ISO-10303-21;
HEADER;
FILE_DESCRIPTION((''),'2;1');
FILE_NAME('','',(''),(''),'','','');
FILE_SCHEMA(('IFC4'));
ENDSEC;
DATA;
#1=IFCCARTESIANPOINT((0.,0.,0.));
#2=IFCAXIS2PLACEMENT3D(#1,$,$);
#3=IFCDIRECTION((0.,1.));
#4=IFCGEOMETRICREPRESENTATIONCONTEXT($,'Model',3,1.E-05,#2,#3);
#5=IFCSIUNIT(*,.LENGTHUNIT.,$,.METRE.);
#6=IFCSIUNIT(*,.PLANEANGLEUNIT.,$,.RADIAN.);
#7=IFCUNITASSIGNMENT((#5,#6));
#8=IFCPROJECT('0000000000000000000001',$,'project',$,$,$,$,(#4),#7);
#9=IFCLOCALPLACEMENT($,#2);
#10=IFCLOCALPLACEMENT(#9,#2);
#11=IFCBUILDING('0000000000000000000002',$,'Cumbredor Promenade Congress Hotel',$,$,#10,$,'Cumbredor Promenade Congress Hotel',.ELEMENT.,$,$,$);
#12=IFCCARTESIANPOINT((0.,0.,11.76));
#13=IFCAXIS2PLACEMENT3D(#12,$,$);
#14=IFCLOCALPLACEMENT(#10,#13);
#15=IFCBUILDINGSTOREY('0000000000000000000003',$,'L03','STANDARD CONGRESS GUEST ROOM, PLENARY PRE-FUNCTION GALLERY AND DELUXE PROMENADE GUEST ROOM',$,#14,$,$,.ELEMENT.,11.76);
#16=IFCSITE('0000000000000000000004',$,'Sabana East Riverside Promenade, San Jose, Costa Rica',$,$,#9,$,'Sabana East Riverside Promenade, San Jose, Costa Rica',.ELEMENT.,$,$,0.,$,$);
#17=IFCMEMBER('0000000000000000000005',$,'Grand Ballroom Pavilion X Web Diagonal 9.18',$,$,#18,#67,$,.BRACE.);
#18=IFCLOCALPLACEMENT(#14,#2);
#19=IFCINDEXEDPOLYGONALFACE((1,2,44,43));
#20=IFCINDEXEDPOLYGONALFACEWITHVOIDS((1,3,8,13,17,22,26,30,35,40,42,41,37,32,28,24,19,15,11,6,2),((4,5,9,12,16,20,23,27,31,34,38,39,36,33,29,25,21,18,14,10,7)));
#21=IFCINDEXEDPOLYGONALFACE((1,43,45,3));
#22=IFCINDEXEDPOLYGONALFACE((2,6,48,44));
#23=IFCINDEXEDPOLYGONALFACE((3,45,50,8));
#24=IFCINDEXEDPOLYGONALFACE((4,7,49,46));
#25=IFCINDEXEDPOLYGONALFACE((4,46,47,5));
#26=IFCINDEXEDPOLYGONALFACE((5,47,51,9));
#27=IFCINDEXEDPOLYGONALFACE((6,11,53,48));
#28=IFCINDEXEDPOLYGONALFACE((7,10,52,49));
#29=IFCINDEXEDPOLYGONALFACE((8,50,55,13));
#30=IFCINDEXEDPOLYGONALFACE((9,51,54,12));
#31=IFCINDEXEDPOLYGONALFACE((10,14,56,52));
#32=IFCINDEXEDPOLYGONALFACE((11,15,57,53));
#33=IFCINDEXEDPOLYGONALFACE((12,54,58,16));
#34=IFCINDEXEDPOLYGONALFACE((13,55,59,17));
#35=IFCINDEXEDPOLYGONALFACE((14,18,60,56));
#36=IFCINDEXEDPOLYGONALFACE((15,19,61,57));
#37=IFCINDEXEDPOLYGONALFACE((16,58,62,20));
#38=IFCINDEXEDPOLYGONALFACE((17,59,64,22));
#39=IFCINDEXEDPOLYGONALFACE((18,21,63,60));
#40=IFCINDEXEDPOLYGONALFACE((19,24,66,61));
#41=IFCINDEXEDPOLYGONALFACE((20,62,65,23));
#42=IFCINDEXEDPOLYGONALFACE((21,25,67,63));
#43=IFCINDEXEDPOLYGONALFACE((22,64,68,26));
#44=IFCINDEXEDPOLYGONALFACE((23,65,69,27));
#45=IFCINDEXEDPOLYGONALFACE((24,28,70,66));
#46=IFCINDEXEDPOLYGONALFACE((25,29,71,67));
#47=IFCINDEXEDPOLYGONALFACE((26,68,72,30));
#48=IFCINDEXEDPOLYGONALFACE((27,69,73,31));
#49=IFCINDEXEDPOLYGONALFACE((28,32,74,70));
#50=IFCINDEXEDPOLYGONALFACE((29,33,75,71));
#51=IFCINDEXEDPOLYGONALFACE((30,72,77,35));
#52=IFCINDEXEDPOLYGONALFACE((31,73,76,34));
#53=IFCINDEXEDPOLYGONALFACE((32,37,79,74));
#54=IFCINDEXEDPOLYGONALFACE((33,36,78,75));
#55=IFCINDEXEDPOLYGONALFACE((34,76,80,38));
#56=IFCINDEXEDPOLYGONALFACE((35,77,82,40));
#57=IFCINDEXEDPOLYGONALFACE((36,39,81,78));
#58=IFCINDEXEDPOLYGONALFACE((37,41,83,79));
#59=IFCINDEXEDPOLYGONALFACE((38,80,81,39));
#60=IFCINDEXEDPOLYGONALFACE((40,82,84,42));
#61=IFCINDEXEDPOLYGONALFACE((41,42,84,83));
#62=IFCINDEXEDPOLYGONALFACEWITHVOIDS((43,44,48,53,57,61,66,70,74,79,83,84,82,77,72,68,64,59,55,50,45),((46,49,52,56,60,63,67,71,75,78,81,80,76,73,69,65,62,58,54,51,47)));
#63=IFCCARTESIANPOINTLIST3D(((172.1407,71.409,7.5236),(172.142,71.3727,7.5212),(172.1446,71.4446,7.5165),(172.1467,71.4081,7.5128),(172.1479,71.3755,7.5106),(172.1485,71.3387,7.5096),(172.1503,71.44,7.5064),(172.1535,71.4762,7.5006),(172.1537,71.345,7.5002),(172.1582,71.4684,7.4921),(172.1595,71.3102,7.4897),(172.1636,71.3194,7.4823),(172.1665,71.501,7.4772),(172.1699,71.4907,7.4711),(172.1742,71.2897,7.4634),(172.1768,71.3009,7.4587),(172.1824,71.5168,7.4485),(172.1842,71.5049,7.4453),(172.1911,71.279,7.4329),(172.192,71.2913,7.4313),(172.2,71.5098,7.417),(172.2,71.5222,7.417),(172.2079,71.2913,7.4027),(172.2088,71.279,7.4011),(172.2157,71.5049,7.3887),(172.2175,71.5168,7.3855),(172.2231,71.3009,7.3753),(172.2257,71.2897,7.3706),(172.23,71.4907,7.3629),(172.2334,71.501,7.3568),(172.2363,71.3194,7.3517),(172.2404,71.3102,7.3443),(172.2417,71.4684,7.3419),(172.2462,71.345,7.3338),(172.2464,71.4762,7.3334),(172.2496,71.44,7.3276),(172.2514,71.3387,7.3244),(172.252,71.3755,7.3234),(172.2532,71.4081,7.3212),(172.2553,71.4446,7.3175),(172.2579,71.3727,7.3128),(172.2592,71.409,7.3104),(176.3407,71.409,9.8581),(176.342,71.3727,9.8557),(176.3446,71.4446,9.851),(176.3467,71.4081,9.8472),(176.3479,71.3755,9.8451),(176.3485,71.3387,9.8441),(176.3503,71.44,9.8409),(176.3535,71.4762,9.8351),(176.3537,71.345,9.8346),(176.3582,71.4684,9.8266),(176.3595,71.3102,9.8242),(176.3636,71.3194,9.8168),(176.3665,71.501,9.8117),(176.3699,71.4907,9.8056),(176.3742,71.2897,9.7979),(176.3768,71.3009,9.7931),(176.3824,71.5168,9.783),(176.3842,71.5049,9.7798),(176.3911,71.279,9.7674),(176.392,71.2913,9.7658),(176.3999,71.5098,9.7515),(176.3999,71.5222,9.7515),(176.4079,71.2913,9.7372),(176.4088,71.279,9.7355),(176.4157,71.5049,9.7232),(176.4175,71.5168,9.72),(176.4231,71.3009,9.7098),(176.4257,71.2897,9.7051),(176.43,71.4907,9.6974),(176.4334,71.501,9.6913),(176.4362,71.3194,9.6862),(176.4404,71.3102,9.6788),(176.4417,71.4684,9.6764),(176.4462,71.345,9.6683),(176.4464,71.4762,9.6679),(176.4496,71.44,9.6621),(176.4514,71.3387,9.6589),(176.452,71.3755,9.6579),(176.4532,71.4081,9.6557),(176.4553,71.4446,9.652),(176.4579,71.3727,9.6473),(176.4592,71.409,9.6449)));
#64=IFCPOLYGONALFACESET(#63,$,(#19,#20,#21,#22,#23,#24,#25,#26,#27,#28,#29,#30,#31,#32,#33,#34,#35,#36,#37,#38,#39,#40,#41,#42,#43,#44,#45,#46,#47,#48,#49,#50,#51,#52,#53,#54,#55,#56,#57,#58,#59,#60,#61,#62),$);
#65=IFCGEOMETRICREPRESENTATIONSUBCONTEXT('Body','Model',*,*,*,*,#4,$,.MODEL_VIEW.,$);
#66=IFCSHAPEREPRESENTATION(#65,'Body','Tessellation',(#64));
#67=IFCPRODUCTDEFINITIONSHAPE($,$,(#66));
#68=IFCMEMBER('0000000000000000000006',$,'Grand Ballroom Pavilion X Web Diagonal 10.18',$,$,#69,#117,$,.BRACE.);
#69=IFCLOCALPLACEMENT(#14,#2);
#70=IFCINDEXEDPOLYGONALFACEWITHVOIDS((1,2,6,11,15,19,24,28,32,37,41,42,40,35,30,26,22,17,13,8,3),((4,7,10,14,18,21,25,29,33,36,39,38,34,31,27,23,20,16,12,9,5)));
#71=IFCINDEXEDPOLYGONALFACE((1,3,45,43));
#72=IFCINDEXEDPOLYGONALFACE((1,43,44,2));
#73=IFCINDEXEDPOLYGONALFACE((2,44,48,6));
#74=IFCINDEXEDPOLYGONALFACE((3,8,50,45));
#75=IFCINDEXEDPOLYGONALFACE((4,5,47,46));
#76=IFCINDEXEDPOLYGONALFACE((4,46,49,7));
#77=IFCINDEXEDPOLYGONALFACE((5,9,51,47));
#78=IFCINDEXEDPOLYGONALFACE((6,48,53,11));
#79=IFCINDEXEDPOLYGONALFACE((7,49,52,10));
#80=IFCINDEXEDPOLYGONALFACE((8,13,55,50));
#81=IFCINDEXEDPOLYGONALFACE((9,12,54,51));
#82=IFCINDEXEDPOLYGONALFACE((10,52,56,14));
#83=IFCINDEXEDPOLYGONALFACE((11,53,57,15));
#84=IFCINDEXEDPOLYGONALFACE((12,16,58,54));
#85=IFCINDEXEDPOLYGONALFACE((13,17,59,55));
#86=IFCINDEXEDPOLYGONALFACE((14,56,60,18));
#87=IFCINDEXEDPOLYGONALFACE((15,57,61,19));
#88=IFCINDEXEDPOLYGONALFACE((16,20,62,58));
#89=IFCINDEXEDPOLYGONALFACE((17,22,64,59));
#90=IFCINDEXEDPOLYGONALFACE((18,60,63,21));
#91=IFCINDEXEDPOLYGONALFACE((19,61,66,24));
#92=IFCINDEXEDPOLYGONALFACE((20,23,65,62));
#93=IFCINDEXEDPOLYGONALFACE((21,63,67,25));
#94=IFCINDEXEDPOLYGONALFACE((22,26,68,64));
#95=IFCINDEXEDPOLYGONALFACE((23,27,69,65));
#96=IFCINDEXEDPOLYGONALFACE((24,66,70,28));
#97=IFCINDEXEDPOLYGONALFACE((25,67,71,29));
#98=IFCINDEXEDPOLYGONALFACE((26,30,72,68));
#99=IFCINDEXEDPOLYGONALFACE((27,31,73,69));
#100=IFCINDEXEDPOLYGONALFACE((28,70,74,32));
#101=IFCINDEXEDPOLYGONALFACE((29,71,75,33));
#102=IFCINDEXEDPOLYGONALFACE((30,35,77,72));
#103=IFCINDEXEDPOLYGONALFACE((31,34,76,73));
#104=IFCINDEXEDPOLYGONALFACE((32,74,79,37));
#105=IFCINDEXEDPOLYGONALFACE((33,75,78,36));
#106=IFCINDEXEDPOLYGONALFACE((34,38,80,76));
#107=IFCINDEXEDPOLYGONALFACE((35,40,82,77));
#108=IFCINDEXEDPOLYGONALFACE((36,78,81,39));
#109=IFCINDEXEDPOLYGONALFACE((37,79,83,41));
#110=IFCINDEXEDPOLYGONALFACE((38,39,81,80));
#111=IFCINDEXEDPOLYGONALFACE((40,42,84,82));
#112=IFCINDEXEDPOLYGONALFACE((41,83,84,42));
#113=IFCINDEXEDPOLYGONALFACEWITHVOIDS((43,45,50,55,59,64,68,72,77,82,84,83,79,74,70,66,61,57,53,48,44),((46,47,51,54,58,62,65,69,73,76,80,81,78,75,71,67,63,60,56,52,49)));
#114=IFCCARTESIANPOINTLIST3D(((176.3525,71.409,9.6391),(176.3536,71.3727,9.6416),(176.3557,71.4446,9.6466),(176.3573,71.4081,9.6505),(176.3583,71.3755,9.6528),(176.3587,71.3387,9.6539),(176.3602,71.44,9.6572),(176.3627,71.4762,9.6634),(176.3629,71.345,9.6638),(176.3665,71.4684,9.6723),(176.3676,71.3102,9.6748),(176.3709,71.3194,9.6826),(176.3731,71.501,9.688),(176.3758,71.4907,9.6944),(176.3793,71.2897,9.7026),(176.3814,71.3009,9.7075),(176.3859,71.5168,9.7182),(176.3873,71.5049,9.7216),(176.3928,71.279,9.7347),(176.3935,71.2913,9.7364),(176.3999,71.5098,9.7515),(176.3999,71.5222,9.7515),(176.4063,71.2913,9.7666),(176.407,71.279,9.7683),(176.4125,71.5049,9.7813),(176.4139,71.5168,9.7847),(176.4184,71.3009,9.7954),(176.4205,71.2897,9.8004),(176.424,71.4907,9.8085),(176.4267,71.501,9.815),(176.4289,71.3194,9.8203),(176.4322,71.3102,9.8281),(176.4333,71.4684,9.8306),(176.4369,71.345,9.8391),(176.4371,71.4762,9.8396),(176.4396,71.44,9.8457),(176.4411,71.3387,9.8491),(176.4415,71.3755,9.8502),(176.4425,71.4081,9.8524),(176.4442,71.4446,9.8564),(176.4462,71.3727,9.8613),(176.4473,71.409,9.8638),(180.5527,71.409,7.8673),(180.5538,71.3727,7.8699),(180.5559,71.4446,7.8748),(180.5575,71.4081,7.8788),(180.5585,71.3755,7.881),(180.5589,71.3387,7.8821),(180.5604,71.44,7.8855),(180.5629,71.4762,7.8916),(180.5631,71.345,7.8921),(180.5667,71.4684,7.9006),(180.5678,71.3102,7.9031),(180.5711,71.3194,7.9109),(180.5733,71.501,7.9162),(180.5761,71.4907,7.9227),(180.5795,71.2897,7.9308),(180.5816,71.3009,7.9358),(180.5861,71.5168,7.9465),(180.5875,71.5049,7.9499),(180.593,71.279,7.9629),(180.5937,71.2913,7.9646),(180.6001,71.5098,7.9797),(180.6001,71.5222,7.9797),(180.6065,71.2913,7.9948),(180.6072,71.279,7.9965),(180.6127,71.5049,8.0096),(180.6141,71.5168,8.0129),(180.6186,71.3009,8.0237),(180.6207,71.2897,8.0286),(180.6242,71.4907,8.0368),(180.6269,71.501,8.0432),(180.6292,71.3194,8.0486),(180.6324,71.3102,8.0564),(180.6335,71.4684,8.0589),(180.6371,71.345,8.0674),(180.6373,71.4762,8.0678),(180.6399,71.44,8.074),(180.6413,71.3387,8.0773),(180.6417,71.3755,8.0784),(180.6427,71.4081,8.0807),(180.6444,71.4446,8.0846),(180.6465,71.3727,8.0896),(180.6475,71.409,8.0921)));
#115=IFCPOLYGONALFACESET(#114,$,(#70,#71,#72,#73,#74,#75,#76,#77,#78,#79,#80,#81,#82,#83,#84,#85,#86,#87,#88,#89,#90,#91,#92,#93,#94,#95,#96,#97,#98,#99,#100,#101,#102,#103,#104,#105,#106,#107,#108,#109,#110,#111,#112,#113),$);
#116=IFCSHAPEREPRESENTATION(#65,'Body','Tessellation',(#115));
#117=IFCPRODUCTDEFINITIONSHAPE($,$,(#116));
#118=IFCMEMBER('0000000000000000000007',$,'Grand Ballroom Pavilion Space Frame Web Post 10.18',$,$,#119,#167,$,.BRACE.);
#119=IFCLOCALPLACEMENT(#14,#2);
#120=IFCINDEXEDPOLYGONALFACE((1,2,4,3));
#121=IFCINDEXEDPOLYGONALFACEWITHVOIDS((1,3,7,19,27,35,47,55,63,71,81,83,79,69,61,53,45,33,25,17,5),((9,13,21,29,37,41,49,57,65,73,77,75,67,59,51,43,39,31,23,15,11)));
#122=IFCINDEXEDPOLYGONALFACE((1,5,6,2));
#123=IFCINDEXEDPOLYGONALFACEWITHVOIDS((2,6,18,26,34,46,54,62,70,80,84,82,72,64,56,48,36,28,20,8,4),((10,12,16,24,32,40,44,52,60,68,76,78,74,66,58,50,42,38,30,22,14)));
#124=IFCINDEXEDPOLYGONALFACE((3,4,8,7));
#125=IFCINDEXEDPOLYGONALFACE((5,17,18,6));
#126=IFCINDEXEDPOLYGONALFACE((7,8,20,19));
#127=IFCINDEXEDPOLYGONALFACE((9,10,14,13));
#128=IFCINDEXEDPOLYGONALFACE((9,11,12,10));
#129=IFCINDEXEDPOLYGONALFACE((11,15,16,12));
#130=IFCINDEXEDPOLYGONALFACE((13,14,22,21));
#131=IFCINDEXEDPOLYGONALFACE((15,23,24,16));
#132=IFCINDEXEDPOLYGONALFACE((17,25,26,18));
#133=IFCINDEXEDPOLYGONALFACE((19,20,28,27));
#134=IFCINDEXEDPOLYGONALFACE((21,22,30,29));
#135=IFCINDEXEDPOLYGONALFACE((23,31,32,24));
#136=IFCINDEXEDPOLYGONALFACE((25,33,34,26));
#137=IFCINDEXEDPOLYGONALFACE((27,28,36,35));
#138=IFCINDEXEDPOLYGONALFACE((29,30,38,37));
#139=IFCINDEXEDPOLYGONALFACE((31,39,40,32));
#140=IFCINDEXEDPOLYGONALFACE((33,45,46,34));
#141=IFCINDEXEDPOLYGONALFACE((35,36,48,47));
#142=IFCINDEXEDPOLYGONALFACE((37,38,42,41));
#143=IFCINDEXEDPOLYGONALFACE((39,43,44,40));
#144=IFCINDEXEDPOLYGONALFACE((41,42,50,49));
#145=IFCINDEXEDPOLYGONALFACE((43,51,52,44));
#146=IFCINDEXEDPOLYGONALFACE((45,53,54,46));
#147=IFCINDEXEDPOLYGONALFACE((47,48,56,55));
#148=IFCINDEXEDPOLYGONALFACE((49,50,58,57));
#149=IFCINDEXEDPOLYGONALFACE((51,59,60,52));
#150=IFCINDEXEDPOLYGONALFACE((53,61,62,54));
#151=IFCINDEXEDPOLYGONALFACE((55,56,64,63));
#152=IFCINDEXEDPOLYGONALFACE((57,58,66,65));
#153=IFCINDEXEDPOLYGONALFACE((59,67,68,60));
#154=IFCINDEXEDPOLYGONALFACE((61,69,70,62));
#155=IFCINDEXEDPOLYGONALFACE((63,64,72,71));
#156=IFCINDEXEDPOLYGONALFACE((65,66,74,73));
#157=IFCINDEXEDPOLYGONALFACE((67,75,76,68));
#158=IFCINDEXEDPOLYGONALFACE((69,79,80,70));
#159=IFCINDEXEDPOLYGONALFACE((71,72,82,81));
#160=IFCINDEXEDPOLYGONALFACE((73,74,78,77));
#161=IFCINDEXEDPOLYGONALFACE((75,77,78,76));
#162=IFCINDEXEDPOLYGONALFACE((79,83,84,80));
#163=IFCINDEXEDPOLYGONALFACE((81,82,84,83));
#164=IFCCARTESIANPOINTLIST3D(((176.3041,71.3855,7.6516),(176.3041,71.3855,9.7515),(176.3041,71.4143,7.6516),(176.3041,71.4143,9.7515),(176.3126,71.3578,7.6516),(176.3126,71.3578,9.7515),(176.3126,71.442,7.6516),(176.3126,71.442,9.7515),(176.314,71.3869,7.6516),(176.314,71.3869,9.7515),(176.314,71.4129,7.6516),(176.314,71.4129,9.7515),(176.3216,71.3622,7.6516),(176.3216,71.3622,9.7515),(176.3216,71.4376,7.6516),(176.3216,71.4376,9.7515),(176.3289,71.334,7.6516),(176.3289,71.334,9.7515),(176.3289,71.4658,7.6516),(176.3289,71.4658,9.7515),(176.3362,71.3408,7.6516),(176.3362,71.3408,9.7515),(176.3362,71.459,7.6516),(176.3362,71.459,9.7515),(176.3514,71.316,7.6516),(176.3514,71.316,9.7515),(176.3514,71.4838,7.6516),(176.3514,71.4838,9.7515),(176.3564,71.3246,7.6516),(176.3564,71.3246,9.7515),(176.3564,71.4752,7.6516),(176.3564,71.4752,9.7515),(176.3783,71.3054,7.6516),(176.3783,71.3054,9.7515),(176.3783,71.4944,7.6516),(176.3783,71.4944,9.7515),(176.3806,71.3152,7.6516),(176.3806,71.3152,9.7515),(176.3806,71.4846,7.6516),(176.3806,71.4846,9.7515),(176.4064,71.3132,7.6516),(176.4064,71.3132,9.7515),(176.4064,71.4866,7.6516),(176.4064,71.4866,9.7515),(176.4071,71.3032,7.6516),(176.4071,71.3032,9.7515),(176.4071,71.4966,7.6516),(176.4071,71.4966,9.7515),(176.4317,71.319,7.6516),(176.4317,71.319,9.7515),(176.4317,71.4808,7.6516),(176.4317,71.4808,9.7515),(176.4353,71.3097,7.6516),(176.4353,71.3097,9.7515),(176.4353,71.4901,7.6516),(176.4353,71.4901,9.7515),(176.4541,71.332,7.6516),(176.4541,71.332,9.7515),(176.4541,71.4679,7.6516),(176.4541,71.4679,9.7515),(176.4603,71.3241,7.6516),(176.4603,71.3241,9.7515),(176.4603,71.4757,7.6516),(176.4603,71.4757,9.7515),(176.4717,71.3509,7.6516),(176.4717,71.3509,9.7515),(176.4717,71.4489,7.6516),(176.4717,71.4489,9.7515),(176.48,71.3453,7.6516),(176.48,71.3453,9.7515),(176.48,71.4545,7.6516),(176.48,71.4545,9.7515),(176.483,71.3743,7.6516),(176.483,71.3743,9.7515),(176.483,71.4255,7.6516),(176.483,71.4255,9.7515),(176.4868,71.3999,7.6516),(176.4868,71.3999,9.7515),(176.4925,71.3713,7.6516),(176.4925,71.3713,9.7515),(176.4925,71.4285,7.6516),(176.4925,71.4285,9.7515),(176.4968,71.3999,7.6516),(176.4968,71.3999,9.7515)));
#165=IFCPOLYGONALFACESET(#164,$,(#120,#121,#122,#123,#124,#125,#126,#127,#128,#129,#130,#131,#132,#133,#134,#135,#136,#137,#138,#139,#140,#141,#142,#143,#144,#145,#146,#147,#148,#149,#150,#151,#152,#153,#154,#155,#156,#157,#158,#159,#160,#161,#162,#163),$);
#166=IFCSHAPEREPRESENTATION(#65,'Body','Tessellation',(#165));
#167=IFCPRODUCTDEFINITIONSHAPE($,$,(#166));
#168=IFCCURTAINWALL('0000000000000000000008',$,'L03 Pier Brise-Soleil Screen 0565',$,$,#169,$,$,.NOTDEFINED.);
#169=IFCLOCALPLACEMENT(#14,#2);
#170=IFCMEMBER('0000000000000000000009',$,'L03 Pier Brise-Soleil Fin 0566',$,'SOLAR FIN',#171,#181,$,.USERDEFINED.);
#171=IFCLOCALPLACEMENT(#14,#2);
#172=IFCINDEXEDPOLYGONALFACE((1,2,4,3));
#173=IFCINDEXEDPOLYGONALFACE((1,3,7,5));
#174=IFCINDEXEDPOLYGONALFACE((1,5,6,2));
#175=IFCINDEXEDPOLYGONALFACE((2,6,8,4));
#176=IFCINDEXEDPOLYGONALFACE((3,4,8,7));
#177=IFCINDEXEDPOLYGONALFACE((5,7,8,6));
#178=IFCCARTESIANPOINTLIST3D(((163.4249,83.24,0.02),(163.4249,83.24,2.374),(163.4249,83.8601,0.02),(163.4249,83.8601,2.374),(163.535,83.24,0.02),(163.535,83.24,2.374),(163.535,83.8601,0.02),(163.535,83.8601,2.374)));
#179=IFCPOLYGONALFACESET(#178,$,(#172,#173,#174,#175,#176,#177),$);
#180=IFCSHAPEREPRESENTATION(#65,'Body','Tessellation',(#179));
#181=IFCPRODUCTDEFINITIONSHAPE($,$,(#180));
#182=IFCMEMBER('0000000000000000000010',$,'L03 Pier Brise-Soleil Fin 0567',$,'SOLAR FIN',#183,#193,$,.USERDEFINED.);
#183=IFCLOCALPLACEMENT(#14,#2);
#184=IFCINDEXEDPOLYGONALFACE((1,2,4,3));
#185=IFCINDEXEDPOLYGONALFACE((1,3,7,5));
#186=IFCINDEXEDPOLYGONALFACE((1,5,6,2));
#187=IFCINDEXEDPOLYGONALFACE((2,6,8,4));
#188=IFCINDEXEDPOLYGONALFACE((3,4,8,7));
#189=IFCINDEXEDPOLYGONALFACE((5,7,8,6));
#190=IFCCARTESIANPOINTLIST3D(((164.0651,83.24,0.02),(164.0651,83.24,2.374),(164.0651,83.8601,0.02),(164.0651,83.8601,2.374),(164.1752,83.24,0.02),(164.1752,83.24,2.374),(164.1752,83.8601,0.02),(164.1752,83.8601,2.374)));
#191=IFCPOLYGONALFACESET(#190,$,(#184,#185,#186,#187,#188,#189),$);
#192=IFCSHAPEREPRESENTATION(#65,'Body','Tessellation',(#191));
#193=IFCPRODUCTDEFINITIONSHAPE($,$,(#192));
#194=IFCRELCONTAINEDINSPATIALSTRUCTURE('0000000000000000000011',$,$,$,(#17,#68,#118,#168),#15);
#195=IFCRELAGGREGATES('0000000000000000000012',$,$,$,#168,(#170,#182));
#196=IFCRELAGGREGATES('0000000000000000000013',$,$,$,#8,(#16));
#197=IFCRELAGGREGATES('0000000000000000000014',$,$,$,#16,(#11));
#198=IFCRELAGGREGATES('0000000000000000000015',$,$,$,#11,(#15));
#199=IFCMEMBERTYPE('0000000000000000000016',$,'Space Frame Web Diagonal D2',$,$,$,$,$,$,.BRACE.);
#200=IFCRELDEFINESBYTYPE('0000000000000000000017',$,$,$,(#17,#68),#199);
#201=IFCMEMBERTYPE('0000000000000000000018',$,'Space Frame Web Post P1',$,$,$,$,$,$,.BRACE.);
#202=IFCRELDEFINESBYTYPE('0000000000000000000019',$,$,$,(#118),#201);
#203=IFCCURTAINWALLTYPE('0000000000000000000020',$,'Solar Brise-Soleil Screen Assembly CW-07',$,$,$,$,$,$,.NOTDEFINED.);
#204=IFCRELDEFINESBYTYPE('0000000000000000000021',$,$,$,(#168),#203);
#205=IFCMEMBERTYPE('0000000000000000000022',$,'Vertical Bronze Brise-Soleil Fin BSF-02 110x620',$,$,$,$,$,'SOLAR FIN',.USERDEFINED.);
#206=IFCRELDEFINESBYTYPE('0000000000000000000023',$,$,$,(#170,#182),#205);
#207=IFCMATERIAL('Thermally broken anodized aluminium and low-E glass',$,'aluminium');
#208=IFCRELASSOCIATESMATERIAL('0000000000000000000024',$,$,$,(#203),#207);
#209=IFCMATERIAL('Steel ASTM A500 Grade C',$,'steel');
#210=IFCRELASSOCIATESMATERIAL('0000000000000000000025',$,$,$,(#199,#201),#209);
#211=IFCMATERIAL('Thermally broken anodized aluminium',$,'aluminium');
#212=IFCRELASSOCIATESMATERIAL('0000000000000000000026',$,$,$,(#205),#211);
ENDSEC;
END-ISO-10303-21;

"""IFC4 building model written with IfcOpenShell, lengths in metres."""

from ifc_helpers import new_model, si_unit, direction, frame, origin, origin_2d, place, context, subcontext, project, spatial, rectangle, hollow_circle, extrude, material, material_profile, profile_set, type_object, element, aggregate, save


model = new_model("IFC4")

# Units and contexts
model_context = context("Model", 3, precision=1e-05, world=origin(), true_north=direction((0.0, 1.0)))
body_context = subcontext(model_context, "Body", "Model", "MODEL_VIEW")
ifc_project = project(units=[si_unit("LENGTHUNIT", "METRE"), si_unit("PLANEANGLEUNIT", "RADIAN")], contexts=[model_context])

# Site, building, storey
site_placement = place(None, origin())
site = spatial("IfcSite", under=ifc_project, at=site_placement, Name="Sabana East Riverside Promenade, San Jose, Costa Rica", LongName="Sabana East Riverside Promenade, San Jose, Costa Rica", CompositionType="ELEMENT", RefElevation=0.0)
building_placement = place(site_placement, origin())
building = spatial("IfcBuilding", under=site, at=building_placement, Name="Cumbredor Promenade Congress Hotel", LongName="Cumbredor Promenade Congress Hotel", CompositionType="ELEMENT")
storey_placement = place(building_placement, frame((0.0, 0.0, 11.76)))
storey = spatial("IfcBuildingStorey", under=building, at=storey_placement, Name="L03", Description="STANDARD CONGRESS GUEST ROOM, PLENARY PRE-FUNCTION GALLERY AND DELUXE PROMENADE GUEST ROOM", CompositionType="ELEMENT", Elevation=11.76)

# Shared definitions
ifc_material_1 = material(Name="Steel ASTM A500 Grade C", Category="steel")

# Shared definitions
ifc_material_2 = material(Name="Thermally broken anodized aluminium and low-E glass", Category="aluminium")
curtain_wall_type = type_object("IfcCurtainWallType", Name="Solar Brise-Soleil Screen Assembly CW-07", PredefinedType="NOTDEFINED", material=ifc_material_2)
ifc_material_3 = material(Name="Thermally broken anodized aluminium", Category="aluminium")

# Members
ifc_material_profile_1 = material_profile(ifc_material_1, hollow_circle(Radius=0.1223, WallThickness=0.0125, at=origin_2d()), Name="CHS 244.5x12.5")
ifc_profile_set_1 = profile_set([ifc_material_profile_1], Name="Steel ASTM A500 Grade C")
member_type_1 = type_object("IfcMemberType", Name="Space Frame Web Diagonal D2", PredefinedType="BRACE", material=ifc_profile_set_1)
member_1_placement = place(storey_placement, frame((172.2, 71.3999, 7.417), z_axis=(0.874054, 0.0, 0.485828), x_axis=(0.0, 1.0, 0.0)))
element("IfcMember", 1, at=member_1_placement, inside=storey, type_object=member_type_1, Name="Grand Ballroom Pavilion X Web Diagonal 9.18", PredefinedType="BRACE", context=body_context, shape_type="SweptSolid", body=[
    extrude(hollow_circle(Radius=0.1223, WallThickness=0.0125, at=origin_2d()), origin(), (0.0, 0.0, 1.0), 4.8052),
])
member_2_placement = place(storey_placement, frame((176.3999, 71.3999, 9.7515), z_axis=(0.921382, 0.0, -0.388658), x_axis=(0.0, 1.0, 0.0)))
element("IfcMember", 2, at=member_2_placement, inside=storey, type_object=member_type_1, Name="Grand Ballroom Pavilion X Web Diagonal 10.18", PredefinedType="BRACE", context=body_context, shape_type="SweptSolid", body=[
    extrude(hollow_circle(Radius=0.1223, WallThickness=0.0125, at=origin_2d()), origin(), (0.0, 0.0, 1.0), 4.5586),
])
ifc_material_profile_2 = material_profile(ifc_material_1, hollow_circle(Radius=0.0969, WallThickness=0.01, at=origin_2d()), Name="CHS 193.7x10")
ifc_profile_set_2 = profile_set([ifc_material_profile_2], Name="Steel ASTM A500 Grade C")
member_type_2 = type_object("IfcMemberType", Name="Space Frame Web Post P1", PredefinedType="BRACE", material=ifc_profile_set_2)
member_3_placement = place(storey_placement, frame((176.3999, 71.3999, 7.6516), z_axis=(0.0, 0.0, 1.0), x_axis=(1.0, 0.0, 0.0)))
element("IfcMember", 3, at=member_3_placement, inside=storey, type_object=member_type_2, Name="Grand Ballroom Pavilion Space Frame Web Post 10.18", PredefinedType="BRACE", context=body_context, shape_type="SweptSolid", body=[
    extrude(hollow_circle(Radius=0.0969, WallThickness=0.01, at=origin_2d()), origin(), (0.0, 0.0, 1.0), 2.0999),
])

# Curtain wall, members
curtain_wall_1_placement = place(storey_placement, origin())
curtain_wall_1 = element("IfcCurtainWall", 4, at=curtain_wall_1_placement, inside=storey, type_object=curtain_wall_type, Name="L03 Pier Brise-Soleil Screen 0565", PredefinedType="NOTDEFINED")
ifc_material_profile_3 = material_profile(ifc_material_3, rectangle(XDim=0.1101, YDim=0.6201, at=origin_2d()), Name="ARCH FIN 110x620")
ifc_profile_set_3 = profile_set([ifc_material_profile_3], Name="Thermally broken anodized aluminium")
member_type_3 = type_object("IfcMemberType", Name="Vertical Bronze Brise-Soleil Fin BSF-02 110x620", ElementType="SOLAR FIN", PredefinedType="USERDEFINED", material=ifc_profile_set_3)
member_4_placement = place(storey_placement, frame((163.48, 83.55, 0.02), z_axis=(0.0, 0.0, 1.0), x_axis=(1.0, 0.0, 0.0)))
member_4 = element("IfcMember", 5, at=member_4_placement, type_object=member_type_3, Name="L03 Pier Brise-Soleil Fin 0566", ObjectType="SOLAR FIN", PredefinedType="USERDEFINED", context=body_context, shape_type="SweptSolid", body=[
    extrude(rectangle(XDim=0.1101, YDim=0.6201, at=origin_2d()), origin(), (0.0, 0.0, 1.0), 2.354),
])
member_5_placement = place(storey_placement, frame((164.1201, 83.55, 0.02), z_axis=(0.0, 0.0, 1.0), x_axis=(1.0, 0.0, 0.0)))
member_5 = element("IfcMember", 6, at=member_5_placement, type_object=member_type_3, Name="L03 Pier Brise-Soleil Fin 0567", ObjectType="SOLAR FIN", PredefinedType="USERDEFINED", context=body_context, shape_type="SweptSolid", body=[
    extrude(rectangle(XDim=0.1101, YDim=0.6201, at=origin_2d()), origin(), (0.0, 0.0, 1.0), 2.354),
])
aggregate(curtain_wall_1, [member_4, member_5])

save(model, "model.ifc")
